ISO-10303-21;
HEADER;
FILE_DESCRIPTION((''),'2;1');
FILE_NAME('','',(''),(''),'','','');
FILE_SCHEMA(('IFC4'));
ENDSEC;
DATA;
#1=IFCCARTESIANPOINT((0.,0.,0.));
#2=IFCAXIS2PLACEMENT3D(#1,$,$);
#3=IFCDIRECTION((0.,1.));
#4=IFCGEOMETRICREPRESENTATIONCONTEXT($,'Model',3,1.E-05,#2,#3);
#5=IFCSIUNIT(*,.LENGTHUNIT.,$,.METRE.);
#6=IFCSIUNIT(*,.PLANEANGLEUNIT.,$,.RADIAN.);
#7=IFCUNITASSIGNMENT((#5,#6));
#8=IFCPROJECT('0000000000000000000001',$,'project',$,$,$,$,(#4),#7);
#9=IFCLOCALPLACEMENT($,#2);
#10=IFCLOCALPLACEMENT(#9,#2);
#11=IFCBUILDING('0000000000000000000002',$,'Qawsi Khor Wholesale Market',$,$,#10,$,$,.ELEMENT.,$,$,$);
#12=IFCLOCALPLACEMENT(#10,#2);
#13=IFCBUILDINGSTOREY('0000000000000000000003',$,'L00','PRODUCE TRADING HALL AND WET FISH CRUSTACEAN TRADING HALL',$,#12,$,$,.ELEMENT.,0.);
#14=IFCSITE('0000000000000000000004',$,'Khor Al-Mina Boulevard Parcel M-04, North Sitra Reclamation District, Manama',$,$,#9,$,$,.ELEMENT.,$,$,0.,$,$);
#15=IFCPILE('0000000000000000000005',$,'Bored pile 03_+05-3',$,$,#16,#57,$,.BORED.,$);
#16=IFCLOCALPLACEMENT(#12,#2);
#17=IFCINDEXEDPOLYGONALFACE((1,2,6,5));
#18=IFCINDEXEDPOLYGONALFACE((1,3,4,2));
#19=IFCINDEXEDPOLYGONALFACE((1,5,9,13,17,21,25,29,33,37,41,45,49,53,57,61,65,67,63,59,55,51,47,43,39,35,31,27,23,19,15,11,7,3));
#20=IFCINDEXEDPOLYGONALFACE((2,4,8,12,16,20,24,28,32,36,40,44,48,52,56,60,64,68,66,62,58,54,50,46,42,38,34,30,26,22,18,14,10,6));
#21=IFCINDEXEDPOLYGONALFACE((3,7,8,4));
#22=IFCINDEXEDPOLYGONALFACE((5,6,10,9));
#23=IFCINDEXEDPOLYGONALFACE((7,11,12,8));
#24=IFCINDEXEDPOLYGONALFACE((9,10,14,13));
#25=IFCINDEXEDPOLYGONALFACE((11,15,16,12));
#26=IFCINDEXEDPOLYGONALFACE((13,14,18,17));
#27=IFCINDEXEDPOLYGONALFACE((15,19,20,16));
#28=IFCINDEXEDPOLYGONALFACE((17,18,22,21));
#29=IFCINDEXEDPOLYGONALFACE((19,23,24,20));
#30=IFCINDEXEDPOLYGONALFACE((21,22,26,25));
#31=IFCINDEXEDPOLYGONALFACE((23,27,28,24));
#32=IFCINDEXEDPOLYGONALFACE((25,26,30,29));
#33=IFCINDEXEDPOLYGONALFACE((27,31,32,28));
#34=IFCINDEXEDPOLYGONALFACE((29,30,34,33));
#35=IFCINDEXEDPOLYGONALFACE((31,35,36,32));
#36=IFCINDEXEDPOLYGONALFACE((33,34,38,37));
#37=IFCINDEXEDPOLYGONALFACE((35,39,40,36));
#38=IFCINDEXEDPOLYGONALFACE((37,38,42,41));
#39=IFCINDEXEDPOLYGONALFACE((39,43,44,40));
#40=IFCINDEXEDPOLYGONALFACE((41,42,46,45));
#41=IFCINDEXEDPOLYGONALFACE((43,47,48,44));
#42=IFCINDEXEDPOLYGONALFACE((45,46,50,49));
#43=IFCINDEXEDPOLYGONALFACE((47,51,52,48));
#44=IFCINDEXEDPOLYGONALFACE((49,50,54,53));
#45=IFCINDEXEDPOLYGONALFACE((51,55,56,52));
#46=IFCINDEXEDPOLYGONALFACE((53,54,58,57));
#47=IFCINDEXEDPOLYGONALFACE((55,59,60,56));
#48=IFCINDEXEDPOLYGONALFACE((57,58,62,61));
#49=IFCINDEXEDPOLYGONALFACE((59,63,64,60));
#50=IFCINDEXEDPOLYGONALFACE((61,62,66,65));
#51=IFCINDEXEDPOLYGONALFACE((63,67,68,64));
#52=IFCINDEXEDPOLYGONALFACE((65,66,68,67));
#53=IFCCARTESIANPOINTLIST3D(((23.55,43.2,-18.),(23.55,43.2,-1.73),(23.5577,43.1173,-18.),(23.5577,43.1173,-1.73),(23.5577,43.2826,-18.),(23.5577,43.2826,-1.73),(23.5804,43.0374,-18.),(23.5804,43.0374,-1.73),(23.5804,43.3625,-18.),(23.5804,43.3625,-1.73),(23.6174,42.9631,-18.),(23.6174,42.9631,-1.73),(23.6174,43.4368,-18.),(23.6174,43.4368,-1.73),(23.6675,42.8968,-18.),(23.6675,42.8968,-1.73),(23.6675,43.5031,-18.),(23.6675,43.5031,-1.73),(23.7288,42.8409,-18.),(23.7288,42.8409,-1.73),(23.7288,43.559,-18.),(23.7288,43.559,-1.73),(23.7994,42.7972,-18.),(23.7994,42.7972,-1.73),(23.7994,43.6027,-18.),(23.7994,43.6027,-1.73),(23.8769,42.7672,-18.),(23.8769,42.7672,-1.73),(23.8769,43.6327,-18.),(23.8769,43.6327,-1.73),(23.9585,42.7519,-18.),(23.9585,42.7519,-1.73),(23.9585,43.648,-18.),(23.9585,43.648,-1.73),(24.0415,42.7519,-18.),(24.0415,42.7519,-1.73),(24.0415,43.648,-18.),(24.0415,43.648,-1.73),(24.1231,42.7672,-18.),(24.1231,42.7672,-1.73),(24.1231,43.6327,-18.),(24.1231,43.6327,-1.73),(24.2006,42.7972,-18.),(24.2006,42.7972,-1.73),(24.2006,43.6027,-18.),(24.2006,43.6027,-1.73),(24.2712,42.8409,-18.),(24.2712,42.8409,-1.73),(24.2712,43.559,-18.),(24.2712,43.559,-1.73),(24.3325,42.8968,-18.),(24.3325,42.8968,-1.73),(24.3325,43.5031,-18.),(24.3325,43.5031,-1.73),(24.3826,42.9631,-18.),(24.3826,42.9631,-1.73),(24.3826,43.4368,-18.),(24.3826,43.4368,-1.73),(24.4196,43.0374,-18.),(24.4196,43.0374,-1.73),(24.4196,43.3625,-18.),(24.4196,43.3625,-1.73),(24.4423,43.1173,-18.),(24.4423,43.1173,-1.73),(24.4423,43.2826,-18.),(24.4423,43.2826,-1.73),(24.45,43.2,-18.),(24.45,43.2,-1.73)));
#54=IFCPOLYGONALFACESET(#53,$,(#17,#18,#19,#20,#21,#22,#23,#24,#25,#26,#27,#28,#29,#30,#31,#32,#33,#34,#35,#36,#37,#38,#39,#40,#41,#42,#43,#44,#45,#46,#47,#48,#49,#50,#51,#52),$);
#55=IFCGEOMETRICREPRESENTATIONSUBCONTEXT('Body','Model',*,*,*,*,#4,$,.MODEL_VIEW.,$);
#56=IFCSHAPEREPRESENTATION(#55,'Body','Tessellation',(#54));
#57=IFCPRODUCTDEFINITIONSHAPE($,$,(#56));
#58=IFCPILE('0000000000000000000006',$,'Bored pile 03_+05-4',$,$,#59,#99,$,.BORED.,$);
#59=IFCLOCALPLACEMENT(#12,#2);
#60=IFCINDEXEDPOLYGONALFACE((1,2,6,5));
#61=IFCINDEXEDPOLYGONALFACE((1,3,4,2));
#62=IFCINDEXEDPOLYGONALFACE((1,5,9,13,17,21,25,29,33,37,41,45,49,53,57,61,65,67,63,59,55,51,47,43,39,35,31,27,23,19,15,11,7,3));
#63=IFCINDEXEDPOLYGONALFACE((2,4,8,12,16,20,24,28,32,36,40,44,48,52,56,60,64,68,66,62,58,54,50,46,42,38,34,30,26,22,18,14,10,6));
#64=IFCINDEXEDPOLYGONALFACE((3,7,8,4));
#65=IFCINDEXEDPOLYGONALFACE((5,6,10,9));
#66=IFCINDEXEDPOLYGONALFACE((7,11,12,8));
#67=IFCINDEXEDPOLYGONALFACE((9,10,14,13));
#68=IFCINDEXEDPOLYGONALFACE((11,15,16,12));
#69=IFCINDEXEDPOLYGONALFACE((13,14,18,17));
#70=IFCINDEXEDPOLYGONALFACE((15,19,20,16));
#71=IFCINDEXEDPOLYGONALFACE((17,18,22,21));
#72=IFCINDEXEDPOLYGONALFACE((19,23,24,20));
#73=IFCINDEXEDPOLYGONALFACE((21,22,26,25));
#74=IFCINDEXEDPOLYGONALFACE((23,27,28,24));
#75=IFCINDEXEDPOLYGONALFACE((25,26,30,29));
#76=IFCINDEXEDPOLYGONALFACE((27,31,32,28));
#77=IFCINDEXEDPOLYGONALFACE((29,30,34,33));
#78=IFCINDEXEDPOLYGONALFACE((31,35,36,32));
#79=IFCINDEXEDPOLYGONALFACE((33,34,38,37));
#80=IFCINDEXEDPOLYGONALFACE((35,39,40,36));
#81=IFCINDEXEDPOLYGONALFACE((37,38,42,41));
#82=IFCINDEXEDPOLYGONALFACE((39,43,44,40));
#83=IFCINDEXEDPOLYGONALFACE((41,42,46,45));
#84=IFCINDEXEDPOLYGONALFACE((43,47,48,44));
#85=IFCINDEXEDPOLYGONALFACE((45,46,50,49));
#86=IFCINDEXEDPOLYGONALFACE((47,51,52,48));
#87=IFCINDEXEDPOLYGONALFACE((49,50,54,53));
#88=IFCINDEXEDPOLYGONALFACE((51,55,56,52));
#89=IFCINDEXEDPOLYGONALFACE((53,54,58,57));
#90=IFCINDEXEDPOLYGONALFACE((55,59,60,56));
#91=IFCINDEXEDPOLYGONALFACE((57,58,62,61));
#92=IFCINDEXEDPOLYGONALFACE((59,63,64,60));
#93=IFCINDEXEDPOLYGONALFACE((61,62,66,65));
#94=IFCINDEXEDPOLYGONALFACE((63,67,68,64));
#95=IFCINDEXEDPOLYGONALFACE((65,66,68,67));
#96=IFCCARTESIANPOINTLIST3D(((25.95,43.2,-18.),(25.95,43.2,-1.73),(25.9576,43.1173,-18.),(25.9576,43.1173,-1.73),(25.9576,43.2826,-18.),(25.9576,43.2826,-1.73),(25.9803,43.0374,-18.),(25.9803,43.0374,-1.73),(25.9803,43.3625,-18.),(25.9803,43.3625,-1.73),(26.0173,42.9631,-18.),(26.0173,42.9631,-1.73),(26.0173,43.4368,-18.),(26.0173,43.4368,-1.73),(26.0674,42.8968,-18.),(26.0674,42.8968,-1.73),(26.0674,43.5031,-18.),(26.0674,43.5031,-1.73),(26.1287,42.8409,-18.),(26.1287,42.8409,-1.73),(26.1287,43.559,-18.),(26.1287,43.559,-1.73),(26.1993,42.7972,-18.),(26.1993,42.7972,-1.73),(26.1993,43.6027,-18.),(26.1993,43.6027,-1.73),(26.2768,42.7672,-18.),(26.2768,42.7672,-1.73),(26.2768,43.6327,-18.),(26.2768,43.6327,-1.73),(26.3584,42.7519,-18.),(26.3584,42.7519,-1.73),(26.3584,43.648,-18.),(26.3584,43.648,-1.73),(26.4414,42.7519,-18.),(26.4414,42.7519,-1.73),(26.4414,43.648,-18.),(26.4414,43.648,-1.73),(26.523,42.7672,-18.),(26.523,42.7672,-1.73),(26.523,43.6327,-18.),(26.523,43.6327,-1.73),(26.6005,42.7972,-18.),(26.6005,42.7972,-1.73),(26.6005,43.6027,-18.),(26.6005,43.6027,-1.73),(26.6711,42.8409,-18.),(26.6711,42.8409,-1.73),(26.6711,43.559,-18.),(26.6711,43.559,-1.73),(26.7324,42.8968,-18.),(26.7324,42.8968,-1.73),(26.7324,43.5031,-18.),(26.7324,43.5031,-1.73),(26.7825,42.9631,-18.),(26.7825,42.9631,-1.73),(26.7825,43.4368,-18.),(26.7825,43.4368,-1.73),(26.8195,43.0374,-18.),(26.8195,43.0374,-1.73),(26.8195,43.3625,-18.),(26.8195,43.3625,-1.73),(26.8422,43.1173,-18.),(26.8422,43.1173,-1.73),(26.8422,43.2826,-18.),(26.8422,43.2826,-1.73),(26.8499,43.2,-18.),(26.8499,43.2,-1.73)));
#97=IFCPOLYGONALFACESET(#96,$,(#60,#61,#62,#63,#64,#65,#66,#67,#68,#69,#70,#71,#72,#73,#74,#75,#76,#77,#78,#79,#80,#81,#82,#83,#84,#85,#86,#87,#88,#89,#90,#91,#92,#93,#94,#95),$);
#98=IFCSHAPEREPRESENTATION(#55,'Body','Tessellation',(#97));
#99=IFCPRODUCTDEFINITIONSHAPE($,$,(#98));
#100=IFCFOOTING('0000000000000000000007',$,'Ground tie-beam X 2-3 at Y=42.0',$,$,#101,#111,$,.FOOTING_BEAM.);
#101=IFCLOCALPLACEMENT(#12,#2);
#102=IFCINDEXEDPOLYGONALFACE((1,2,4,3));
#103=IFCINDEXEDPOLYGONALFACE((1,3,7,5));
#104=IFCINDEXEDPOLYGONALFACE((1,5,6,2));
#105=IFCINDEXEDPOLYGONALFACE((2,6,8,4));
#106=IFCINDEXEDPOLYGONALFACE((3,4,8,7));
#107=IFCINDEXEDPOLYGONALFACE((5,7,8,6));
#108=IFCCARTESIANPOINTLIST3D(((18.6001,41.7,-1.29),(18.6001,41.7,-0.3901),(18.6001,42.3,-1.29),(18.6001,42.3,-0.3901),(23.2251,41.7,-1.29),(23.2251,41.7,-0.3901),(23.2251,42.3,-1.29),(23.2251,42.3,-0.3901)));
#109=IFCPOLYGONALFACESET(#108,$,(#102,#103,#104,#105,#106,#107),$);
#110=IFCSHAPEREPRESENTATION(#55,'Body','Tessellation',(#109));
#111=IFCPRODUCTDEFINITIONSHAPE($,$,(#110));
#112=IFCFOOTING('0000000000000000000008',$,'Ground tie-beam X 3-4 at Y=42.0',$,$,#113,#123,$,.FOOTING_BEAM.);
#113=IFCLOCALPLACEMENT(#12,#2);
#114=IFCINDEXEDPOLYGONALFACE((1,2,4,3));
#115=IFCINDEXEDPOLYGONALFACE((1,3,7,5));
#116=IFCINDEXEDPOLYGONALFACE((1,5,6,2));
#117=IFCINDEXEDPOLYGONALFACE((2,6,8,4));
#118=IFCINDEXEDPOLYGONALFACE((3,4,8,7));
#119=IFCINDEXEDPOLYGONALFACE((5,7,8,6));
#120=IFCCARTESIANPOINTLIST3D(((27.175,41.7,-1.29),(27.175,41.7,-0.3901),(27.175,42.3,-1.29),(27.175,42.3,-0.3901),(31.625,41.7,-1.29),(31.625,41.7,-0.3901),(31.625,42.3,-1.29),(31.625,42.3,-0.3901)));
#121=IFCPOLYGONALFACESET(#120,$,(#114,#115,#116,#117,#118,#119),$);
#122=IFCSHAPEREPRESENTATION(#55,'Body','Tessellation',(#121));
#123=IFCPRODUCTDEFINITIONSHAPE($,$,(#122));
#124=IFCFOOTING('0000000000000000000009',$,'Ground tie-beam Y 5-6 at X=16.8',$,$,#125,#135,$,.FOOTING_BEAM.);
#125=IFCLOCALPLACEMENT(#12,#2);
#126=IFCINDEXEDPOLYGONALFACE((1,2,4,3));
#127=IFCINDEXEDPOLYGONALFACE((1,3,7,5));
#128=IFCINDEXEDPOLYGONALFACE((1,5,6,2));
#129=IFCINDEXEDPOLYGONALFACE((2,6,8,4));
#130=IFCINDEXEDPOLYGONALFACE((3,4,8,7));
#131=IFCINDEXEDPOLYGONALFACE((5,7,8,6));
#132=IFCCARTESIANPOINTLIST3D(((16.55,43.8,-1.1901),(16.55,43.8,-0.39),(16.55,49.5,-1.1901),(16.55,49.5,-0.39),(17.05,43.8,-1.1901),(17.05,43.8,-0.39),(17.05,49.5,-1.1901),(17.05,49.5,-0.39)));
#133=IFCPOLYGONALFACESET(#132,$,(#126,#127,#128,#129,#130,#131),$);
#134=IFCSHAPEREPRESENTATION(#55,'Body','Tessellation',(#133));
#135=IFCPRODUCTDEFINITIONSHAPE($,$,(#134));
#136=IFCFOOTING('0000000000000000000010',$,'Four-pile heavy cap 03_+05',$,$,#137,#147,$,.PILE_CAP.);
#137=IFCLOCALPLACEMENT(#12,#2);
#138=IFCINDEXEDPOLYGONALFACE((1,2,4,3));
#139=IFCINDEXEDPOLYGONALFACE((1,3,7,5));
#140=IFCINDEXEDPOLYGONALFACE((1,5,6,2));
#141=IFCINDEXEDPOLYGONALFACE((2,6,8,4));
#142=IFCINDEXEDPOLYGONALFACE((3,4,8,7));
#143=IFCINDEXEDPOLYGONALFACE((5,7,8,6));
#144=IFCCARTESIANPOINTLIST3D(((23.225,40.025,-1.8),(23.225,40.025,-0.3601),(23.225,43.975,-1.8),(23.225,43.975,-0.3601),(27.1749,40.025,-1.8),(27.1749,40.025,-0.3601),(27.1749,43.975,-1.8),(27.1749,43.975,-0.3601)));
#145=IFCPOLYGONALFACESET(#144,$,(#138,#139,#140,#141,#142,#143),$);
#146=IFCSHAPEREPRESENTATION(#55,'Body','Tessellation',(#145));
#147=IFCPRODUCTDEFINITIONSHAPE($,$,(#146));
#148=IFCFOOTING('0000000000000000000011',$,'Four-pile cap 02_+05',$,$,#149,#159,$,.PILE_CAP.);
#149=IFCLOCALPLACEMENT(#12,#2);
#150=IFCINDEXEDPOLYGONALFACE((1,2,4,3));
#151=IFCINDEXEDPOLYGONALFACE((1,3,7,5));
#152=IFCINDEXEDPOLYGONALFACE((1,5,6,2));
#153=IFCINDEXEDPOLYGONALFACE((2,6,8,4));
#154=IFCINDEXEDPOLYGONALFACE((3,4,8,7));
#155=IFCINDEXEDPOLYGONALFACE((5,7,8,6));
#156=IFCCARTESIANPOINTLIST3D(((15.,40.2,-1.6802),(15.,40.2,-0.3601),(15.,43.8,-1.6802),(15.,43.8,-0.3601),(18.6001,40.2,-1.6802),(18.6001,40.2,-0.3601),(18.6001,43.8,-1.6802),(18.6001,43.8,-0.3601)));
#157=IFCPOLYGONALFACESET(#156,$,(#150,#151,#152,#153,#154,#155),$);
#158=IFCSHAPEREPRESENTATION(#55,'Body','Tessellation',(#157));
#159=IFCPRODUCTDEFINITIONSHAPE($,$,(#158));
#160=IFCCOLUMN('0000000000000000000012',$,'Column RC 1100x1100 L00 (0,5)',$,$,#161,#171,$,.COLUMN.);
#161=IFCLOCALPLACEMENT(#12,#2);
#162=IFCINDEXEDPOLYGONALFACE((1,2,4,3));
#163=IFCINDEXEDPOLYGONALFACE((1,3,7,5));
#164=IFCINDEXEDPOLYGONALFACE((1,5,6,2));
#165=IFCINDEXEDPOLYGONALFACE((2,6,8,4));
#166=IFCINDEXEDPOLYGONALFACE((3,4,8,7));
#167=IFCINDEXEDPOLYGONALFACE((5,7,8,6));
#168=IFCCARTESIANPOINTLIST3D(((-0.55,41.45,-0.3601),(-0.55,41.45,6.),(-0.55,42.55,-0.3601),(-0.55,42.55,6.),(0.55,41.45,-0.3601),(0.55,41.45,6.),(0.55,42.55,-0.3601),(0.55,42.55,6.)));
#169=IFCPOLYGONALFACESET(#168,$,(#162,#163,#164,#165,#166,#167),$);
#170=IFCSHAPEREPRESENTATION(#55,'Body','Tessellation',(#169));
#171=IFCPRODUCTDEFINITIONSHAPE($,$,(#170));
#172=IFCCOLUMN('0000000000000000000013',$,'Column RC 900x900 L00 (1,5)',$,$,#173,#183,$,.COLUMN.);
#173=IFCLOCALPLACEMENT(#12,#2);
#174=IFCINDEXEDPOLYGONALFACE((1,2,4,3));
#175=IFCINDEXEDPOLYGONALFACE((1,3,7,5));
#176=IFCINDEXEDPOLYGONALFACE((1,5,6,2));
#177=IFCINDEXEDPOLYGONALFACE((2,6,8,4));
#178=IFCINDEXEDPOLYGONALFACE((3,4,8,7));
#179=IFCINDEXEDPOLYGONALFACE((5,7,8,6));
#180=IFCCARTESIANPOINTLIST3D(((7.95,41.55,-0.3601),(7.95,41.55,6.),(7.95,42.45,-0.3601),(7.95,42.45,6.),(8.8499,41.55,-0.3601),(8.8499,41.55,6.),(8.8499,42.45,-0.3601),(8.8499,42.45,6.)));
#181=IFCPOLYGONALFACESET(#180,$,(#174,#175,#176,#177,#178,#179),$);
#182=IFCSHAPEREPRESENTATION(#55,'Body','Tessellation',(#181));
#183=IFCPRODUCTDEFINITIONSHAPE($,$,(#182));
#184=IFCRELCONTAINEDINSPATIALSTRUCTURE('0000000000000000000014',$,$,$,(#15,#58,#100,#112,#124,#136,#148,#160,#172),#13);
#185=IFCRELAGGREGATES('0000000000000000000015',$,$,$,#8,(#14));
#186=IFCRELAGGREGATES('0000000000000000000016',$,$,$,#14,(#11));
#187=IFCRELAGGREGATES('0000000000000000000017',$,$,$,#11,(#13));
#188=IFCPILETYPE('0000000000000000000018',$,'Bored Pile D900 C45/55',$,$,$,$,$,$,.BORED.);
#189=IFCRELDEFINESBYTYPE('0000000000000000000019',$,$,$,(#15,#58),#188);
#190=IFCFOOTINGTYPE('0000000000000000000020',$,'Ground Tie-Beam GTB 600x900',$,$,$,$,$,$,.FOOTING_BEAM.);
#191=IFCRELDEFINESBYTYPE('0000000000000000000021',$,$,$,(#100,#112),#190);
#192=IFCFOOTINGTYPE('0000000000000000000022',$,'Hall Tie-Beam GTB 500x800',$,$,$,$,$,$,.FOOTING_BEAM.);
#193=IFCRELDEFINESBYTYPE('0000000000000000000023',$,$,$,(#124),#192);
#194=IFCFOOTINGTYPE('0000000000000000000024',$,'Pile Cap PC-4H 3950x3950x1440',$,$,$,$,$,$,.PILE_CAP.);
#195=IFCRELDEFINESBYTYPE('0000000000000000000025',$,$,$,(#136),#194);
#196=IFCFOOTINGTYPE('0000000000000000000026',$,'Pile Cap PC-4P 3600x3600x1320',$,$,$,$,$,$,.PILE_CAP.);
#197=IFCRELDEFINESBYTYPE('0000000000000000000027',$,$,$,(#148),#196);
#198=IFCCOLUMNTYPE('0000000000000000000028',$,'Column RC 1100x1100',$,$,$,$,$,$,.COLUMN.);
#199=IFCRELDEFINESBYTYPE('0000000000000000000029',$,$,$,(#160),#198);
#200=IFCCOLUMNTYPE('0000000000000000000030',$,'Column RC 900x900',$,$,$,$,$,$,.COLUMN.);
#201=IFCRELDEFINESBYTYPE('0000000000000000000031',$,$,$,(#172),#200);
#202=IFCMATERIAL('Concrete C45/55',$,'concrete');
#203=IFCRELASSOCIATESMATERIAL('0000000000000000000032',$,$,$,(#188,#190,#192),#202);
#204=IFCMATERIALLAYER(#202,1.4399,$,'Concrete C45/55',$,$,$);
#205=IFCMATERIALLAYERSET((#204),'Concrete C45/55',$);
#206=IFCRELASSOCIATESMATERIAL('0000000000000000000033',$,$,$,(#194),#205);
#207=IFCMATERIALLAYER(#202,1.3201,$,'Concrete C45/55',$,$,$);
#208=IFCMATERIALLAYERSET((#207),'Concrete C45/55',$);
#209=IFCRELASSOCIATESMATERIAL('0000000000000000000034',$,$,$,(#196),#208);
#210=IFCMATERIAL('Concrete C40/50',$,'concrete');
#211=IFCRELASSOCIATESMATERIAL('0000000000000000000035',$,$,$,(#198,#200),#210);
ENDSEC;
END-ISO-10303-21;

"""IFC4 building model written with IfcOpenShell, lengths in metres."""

from ifc_helpers import new_model, si_unit, direction, frame, origin, origin_2d, place, context, subcontext, project, spatial, rectangle, circle, extrude, material, layer, layer_set, material_profile, profile_set, type_object, element, save


model = new_model("IFC4")

# Units and contexts
model_context = context("Model", 3, precision=1e-05, world=origin(), true_north=direction((0.0, 1.0)))
body_context = subcontext(model_context, "Body", "Model", "MODEL_VIEW")
ifc_project = project(units=[si_unit("LENGTHUNIT", "METRE"), si_unit("PLANEANGLEUNIT", "RADIAN")], contexts=[model_context])

# Site, building, storey
site_placement = place(None, origin())
site = spatial("IfcSite", under=ifc_project, at=site_placement, Name="Khor Al-Mina Boulevard Parcel M-04, North Sitra Reclamation District, Manama", CompositionType="ELEMENT", RefElevation=0.0)
building_placement = place(site_placement, origin())
building = spatial("IfcBuilding", under=site, at=building_placement, Name="Qawsi Khor Wholesale Market", CompositionType="ELEMENT")
storey_placement = place(building_placement, origin())
storey = spatial("IfcBuildingStorey", under=building, at=storey_placement, Name="L00", Description="PRODUCE TRADING HALL AND WET FISH CRUSTACEAN TRADING HALL", CompositionType="ELEMENT", Elevation=0.0)

# Piles
ifc_material_1 = material(Name="Concrete C45/55", Category="concrete")
ifc_material_profile_1 = material_profile(ifc_material_1, circle(Radius=0.45, at=origin_2d()), Name="PILE D900")
ifc_profile_set_1 = profile_set([ifc_material_profile_1], Name="Concrete C45/55")
pile_type_1 = type_object("IfcPileType", Name="Bored Pile D900 C45/55", PredefinedType="BORED", material=ifc_profile_set_1)
for number, where, z_axis, x_axis, name in (
    (1, (24.0, 43.2, -1.73), (0.0, 0.0, -1.0), (1.0, 0.0, 0.0), "Bored pile 03_+05-3"),
    (2, (26.3999, 43.2, -1.73), (0.0, 0.0, -1.0), (1.0, 0.0, 0.0), "Bored pile 03_+05-4"),
):
    element("IfcPile", number, at=place(storey_placement, frame(where, z_axis=z_axis, x_axis=x_axis)), inside=storey, type_object=pile_type_1, Name=name, PredefinedType="BORED", context=body_context, shape_type="SweptSolid", body=[
        extrude(circle(Radius=0.45, at=origin_2d()), origin(), (0.0, 0.0, 1.0), 16.27),
    ])

# Footings
ifc_material_profile_2 = material_profile(ifc_material_1, rectangle(XDim=0.6001, YDim=0.8999, at=origin_2d()), Name="RC 600x900")
ifc_profile_set_2 = profile_set([ifc_material_profile_2], Name="Concrete C45/55")
footing_type_1 = type_object("IfcFootingType", Name="Ground Tie-Beam GTB 600x900", PredefinedType="FOOTING_BEAM", material=ifc_profile_set_2)
footing_1_placement = place(storey_placement, frame((18.6001, 42.0, -0.8401), z_axis=(1.0, 0.0, 0.0), x_axis=(0.0, 1.0, 0.0)))
element("IfcFooting", 3, at=footing_1_placement, inside=storey, type_object=footing_type_1, Name="Ground tie-beam X 2-3 at Y=42.0", PredefinedType="FOOTING_BEAM", context=body_context, shape_type="SweptSolid", body=[
    extrude(rectangle(XDim=0.6001, YDim=0.8999, at=origin_2d()), origin(), (0.0, 0.0, 1.0), 4.625),
])
footing_2_placement = place(storey_placement, frame((27.175, 42.0, -0.8401), z_axis=(1.0, 0.0, 0.0), x_axis=(0.0, 1.0, 0.0)))
element("IfcFooting", 4, at=footing_2_placement, inside=storey, type_object=footing_type_1, Name="Ground tie-beam X 3-4 at Y=42.0", PredefinedType="FOOTING_BEAM", context=body_context, shape_type="SweptSolid", body=[
    extrude(rectangle(XDim=0.6001, YDim=0.8999, at=origin_2d()), origin(), (0.0, 0.0, 1.0), 4.45),
])
ifc_material_profile_3 = material_profile(ifc_material_1, rectangle(XDim=0.5, YDim=0.8, at=origin_2d()), Name="RC 500x800")
ifc_profile_set_3 = profile_set([ifc_material_profile_3], Name="Concrete C45/55")
footing_type_2 = type_object("IfcFootingType", Name="Hall Tie-Beam GTB 500x800", PredefinedType="FOOTING_BEAM", material=ifc_profile_set_3)
footing_3_placement = place(storey_placement, frame((16.8, 43.8, -0.79), z_axis=(0.0, 1.0, 0.0), x_axis=(-1.0, 0.0, 0.0)))
element("IfcFooting", 5, at=footing_3_placement, inside=storey, type_object=footing_type_2, Name="Ground tie-beam Y 5-6 at X=16.8", PredefinedType="FOOTING_BEAM", context=body_context, shape_type="SweptSolid", body=[
    extrude(rectangle(XDim=0.5, YDim=0.8, at=origin_2d()), origin(), (0.0, 0.0, 1.0), 5.7),
])
ifc_layer_1 = layer(ifc_material_1, 1.4399, Name="Concrete C45/55")
ifc_layer_set_1 = layer_set([ifc_layer_1], Name="Concrete C45/55")
footing_type_3 = type_object("IfcFootingType", Name="Pile Cap PC-4H 3950x3950x1440", PredefinedType="PILE_CAP", material=ifc_layer_set_1)
footing_4_placement = place(storey_placement, frame((25.2, 42.0, -1.8), z_axis=(0.0, 0.0, 1.0), x_axis=(1.0, 0.0, 0.0)))
element("IfcFooting", 6, at=footing_4_placement, inside=storey, type_object=footing_type_3, Name="Four-pile heavy cap 03_+05", PredefinedType="PILE_CAP", context=body_context, shape_type="SweptSolid", body=[
    extrude(rectangle(XDim=3.95, YDim=3.95, at=origin_2d()), origin(), (0.0, 0.0, 1.0), 1.4399),
])
ifc_layer_2 = layer(ifc_material_1, 1.3201, Name="Concrete C45/55")
ifc_layer_set_2 = layer_set([ifc_layer_2], Name="Concrete C45/55")
footing_type_4 = type_object("IfcFootingType", Name="Pile Cap PC-4P 3600x3600x1320", PredefinedType="PILE_CAP", material=ifc_layer_set_2)
footing_5_placement = place(storey_placement, frame((16.8, 42.0, -1.6802), z_axis=(0.0, 0.0, 1.0), x_axis=(1.0, 0.0, 0.0)))
element("IfcFooting", 7, at=footing_5_placement, inside=storey, type_object=footing_type_4, Name="Four-pile cap 02_+05", PredefinedType="PILE_CAP", context=body_context, shape_type="SweptSolid", body=[
    extrude(rectangle(XDim=3.6001, YDim=3.6001, at=origin_2d()), origin(), (0.0, 0.0, 1.0), 1.3201),
])

# Columns
ifc_material_2 = material(Name="Concrete C40/50", Category="concrete")
ifc_material_profile_4 = material_profile(ifc_material_2, rectangle(XDim=1.1001, YDim=1.1001, at=origin_2d()), Name="RC 1100x1100")
ifc_profile_set_4 = profile_set([ifc_material_profile_4], Name="Concrete C40/50")
column_type_1 = type_object("IfcColumnType", Name="Column RC 1100x1100", PredefinedType="COLUMN", material=ifc_profile_set_4)
column_placement = place(storey_placement, frame((0.0, 42.0, -0.3601), z_axis=(0.0, 0.0, 1.0), x_axis=(1.0, 0.0, 0.0)))
element("IfcColumn", 8, at=column_placement, inside=storey, type_object=column_type_1, Name="Column RC 1100x1100 L00 (0,5)", PredefinedType="COLUMN", context=body_context, shape_type="SweptSolid", body=[
    extrude(rectangle(XDim=1.1001, YDim=1.1001, at=origin_2d()), origin(), (0.0, 0.0, 1.0), 6.3601),
])
ifc_material_profile_5 = material_profile(ifc_material_2, rectangle(XDim=0.8999, YDim=0.8999, at=origin_2d()), Name="RC 900x900")
ifc_profile_set_5 = profile_set([ifc_material_profile_5], Name="Concrete C40/50")
column_type_2 = type_object("IfcColumnType", Name="Column RC 900x900", PredefinedType="COLUMN", material=ifc_profile_set_5)
for number, where, z_axis, x_axis, name in (
    (9, (8.3999, 42.0, -0.3601), (0.0, 0.0, 1.0), (1.0, 0.0, 0.0), "Column RC 900x900 L00 (1,5)"),
):
    element("IfcColumn", number, at=place(storey_placement, frame(where, z_axis=z_axis, x_axis=x_axis)), inside=storey, type_object=column_type_2, Name=name, PredefinedType="COLUMN", context=body_context, shape_type="SweptSolid", body=[
        extrude(rectangle(XDim=0.8999, YDim=0.8999, at=origin_2d()), origin(), (0.0, 0.0, 1.0), 6.3601),
    ])

save(model, "model.ifc")
